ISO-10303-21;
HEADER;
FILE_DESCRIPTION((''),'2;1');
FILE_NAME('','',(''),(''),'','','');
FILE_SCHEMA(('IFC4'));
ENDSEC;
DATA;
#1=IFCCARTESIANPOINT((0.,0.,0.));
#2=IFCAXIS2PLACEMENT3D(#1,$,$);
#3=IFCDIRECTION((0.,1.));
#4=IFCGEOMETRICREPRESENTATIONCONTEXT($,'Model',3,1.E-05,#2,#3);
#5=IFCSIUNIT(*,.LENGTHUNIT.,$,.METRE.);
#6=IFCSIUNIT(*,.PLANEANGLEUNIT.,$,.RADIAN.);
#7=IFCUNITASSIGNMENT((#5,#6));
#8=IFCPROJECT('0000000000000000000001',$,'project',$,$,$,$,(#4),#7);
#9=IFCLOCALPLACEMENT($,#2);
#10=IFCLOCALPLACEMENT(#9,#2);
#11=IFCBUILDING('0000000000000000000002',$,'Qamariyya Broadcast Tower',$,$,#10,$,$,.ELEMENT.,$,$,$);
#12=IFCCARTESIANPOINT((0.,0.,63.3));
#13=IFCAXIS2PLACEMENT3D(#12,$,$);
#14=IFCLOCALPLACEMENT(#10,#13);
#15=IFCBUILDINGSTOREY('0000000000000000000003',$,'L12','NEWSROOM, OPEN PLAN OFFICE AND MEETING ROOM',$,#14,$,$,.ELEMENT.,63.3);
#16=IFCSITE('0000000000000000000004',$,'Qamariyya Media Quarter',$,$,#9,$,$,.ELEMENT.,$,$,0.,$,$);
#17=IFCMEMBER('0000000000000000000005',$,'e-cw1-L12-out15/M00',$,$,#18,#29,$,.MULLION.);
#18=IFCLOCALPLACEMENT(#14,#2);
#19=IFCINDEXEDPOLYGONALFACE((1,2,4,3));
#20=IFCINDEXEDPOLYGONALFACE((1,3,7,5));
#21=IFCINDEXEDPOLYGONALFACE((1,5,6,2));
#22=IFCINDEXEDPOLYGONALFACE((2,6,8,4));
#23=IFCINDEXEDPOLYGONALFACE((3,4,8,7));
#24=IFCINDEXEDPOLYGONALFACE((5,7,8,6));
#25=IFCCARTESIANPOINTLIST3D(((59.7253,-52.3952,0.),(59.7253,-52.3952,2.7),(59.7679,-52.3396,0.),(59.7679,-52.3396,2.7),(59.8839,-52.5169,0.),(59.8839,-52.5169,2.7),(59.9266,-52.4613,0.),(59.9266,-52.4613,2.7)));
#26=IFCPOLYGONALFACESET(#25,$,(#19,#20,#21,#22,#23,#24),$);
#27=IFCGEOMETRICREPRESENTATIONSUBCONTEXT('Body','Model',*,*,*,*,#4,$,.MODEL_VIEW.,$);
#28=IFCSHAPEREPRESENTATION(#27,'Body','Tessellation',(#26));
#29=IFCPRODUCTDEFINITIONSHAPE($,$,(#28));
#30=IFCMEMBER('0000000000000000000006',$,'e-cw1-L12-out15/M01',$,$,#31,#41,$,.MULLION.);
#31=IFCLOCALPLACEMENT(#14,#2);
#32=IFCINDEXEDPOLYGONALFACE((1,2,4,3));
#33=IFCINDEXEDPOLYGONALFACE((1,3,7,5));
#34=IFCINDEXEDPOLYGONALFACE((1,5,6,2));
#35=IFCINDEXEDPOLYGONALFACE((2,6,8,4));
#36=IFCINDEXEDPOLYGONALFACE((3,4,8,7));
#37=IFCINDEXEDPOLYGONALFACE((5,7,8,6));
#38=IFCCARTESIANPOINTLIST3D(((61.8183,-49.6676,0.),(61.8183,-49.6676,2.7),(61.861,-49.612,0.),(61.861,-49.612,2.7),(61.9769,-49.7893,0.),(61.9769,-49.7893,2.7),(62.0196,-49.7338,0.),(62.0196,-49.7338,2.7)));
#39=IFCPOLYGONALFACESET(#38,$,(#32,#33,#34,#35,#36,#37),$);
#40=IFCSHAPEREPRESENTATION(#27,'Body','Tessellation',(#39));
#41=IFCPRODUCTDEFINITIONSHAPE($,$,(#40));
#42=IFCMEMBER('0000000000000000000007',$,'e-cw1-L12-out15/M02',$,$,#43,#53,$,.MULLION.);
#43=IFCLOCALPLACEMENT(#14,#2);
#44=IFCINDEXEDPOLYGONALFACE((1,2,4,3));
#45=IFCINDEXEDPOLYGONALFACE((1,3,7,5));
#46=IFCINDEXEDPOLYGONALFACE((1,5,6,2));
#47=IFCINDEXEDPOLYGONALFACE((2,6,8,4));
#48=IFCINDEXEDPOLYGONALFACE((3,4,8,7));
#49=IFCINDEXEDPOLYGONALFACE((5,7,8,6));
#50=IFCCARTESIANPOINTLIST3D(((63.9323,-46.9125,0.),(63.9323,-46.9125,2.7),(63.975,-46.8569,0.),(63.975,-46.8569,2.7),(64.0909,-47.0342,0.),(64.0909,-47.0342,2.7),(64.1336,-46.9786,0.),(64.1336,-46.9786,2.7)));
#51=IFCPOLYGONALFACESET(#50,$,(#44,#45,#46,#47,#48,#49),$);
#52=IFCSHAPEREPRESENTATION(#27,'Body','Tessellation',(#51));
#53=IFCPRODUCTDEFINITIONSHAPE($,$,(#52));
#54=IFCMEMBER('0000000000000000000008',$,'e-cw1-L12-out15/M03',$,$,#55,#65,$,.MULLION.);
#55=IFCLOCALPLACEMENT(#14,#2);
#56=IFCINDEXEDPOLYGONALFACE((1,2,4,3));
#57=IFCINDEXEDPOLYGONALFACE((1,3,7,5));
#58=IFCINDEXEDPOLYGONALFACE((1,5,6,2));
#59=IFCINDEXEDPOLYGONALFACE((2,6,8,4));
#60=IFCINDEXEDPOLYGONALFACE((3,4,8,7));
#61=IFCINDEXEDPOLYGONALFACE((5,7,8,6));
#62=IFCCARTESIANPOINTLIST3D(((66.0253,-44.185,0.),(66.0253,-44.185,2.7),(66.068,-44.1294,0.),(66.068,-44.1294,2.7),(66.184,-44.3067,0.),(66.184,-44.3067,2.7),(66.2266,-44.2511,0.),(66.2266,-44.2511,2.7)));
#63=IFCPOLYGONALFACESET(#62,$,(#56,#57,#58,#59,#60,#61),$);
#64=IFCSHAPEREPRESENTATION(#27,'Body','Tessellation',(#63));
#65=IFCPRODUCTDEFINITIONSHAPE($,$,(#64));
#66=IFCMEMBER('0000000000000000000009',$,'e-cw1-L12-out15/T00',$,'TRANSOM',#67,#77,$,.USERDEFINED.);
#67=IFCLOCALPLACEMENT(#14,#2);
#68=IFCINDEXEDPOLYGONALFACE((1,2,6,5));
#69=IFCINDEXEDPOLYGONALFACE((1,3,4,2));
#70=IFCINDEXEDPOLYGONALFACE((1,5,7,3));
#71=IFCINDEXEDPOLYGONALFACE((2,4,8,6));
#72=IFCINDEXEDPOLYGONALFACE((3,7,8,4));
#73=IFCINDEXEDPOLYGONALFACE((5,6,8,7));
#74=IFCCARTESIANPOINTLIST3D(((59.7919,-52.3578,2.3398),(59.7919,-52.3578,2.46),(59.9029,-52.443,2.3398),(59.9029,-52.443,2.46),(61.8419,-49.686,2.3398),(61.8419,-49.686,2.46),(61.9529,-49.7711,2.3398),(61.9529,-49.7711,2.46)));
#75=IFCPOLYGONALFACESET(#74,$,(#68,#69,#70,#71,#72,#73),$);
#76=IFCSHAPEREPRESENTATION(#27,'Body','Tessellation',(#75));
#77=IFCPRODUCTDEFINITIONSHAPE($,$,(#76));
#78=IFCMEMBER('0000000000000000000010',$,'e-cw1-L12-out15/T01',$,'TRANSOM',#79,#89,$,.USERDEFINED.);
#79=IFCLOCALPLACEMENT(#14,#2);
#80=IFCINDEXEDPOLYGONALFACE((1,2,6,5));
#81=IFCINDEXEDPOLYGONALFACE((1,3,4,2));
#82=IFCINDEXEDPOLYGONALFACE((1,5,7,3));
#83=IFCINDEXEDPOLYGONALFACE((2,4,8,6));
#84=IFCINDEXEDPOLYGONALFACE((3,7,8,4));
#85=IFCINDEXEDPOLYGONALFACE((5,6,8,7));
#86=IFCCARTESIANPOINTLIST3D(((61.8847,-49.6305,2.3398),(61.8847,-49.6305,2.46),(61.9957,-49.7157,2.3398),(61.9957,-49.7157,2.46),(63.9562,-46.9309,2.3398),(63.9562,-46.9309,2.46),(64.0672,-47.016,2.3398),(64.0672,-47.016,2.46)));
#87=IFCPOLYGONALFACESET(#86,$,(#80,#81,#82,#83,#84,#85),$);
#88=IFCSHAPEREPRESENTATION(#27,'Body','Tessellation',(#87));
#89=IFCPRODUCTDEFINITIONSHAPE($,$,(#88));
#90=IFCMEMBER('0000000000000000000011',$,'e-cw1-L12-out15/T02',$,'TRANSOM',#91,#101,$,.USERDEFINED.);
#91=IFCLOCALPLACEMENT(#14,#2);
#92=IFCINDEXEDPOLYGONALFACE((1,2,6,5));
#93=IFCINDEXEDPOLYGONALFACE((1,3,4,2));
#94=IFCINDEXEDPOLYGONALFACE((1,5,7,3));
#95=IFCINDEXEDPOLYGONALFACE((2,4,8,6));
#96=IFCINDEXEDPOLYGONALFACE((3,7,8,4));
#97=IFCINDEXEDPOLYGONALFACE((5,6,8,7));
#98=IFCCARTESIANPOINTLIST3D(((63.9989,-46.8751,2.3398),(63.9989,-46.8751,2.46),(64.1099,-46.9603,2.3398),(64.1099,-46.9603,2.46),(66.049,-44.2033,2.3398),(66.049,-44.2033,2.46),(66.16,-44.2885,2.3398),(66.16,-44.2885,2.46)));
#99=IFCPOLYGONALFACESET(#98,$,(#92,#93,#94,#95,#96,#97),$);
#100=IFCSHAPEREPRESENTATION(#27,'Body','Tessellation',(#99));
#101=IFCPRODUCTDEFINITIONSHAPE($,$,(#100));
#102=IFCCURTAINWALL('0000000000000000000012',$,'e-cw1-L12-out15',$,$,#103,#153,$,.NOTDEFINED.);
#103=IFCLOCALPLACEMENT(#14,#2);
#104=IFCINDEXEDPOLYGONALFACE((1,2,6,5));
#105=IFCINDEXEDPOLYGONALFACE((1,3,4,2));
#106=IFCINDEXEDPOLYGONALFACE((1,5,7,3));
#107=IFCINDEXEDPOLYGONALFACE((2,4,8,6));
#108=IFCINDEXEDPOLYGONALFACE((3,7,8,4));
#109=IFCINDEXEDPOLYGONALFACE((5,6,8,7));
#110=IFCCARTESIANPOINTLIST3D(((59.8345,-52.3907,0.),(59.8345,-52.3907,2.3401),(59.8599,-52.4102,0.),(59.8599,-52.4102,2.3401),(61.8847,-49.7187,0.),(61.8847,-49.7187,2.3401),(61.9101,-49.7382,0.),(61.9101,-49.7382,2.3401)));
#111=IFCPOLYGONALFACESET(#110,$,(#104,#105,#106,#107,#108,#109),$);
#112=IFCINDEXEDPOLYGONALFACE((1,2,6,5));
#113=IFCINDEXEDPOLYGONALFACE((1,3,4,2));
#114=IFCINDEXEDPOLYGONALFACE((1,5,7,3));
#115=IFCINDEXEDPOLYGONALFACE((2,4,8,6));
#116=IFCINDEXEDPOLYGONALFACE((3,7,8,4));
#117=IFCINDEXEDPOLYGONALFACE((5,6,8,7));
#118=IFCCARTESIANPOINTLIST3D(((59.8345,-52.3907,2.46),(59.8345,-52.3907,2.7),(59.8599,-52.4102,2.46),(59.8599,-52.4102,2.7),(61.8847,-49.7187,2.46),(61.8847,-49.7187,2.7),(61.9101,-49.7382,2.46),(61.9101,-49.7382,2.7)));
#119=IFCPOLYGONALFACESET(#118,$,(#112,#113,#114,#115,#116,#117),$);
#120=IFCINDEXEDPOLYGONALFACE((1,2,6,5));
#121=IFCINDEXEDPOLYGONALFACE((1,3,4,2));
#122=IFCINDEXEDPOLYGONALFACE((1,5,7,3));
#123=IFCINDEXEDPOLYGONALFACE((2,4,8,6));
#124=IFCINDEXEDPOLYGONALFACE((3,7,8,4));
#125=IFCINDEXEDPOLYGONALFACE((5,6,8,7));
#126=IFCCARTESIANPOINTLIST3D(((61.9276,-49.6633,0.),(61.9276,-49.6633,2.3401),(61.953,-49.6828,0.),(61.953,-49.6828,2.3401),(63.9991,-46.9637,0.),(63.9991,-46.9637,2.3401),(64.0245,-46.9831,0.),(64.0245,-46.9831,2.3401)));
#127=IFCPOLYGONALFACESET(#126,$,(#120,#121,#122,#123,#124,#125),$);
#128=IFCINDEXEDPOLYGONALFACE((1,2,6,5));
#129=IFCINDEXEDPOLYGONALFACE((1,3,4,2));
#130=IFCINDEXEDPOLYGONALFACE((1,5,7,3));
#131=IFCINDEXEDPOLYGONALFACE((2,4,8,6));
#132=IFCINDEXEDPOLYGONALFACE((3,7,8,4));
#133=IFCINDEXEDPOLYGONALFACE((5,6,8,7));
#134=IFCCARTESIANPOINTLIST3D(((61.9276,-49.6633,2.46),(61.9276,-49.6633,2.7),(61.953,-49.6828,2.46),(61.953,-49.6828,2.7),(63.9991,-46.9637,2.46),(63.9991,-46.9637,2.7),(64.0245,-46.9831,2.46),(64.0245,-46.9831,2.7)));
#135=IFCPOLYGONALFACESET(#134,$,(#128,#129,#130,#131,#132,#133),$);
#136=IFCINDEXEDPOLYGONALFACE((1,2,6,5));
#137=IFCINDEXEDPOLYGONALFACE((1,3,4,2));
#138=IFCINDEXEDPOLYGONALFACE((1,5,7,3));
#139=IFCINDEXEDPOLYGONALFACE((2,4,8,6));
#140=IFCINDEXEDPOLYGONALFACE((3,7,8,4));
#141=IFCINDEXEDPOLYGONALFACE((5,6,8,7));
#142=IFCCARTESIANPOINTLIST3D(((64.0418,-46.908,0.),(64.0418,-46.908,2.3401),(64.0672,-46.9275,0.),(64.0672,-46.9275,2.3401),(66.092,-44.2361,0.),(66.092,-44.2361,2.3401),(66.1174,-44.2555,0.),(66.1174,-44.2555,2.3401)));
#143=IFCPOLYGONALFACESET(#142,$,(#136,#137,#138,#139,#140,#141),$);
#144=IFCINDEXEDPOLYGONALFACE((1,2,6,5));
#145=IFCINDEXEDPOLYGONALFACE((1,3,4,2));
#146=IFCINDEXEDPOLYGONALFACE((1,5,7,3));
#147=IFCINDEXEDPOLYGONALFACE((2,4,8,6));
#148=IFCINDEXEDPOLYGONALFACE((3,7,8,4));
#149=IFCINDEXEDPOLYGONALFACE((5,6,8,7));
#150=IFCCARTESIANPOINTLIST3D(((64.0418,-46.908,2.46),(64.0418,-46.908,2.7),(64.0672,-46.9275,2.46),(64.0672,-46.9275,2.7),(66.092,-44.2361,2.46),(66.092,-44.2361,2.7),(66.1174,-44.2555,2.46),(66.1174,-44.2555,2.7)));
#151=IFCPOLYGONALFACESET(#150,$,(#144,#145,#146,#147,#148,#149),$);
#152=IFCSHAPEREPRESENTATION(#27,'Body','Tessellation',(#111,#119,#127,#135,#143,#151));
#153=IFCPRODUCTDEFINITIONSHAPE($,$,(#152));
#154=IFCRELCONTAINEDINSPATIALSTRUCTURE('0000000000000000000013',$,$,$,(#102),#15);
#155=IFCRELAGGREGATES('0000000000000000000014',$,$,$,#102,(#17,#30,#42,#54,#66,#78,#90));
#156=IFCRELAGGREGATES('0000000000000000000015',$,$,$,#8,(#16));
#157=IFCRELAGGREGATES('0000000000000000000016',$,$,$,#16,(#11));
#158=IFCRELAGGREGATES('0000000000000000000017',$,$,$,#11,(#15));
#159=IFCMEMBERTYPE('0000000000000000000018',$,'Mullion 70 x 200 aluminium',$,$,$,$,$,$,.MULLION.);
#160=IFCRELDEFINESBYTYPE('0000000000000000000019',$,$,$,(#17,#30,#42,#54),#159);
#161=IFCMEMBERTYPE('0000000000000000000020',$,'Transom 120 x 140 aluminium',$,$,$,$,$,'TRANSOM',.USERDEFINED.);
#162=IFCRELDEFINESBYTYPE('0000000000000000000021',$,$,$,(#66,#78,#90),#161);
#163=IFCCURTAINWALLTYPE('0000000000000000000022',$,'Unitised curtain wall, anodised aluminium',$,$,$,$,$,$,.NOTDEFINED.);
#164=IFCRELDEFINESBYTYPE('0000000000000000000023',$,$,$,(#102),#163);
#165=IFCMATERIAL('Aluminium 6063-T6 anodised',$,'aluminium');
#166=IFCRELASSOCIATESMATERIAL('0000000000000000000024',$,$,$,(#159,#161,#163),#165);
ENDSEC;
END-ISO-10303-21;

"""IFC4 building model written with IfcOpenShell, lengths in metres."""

from ifc_helpers import new_model, si_unit, direction, frame, origin, origin_2d, place, context, subcontext, project, spatial, rectangle, extrude, material, material_profile, profile_set, type_object, element, aggregate, save


model = new_model("IFC4")

# Units and contexts
model_context = context("Model", 3, precision=1e-05, world=origin(), true_north=direction((0.0, 1.0)))
body_context = subcontext(model_context, "Body", "Model", "MODEL_VIEW")
ifc_project = project(units=[si_unit("LENGTHUNIT", "METRE"), si_unit("PLANEANGLEUNIT", "RADIAN")], contexts=[model_context])

# Members
ifc_material = material(Name="Aluminium 6063-T6 anodised", Category="aluminium")
ifc_material_profile_1 = material_profile(ifc_material, rectangle(XDim=0.2, YDim=0.0701, at=origin_2d()))
ifc_profile_set_1 = profile_set([ifc_material_profile_1], Name="Aluminium 6063-T6 anodised")
member_type_1 = type_object("IfcMemberType", Name="Mullion 70 x 200 aluminium", PredefinedType="MULLION", material=ifc_profile_set_1)
site_placement = place(None, origin())
building_placement = place(site_placement, origin())
storey_placement = place(building_placement, frame((0.0, 0.0, 63.3)))
member_1_placement = place(storey_placement, frame((59.8259, -52.4282, 0.0), z_axis=(0.0, 0.0, 1.0), x_axis=(-0.793353, 0.608761, 0.0)))
member_1 = element("IfcMember", 1, at=member_1_placement, type_object=member_type_1, Name="e-cw1-L12-out15/M00", PredefinedType="MULLION", context=body_context, shape_type="SweptSolid", body=[
    extrude(rectangle(XDim=0.2, YDim=0.0701, at=origin_2d()), origin(), (0.0, 0.0, 1.0), 2.7),
])
member_2_placement = place(storey_placement, frame((61.9189, -49.7007, 0.0), z_axis=(0.0, 0.0, 1.0), x_axis=(-0.793353, 0.608761, 0.0)))
member_2 = element("IfcMember", 2, at=member_2_placement, type_object=member_type_1, Name="e-cw1-L12-out15/M01", PredefinedType="MULLION", context=body_context, shape_type="SweptSolid", body=[
    extrude(rectangle(XDim=0.2, YDim=0.0701, at=origin_2d()), origin(), (0.0, 0.0, 1.0), 2.7),
])
member_3_placement = place(storey_placement, frame((64.033, -46.9456, 0.0), z_axis=(0.0, 0.0, 1.0), x_axis=(-0.793353, 0.608761, 0.0)))
member_3 = element("IfcMember", 3, at=member_3_placement, type_object=member_type_1, Name="e-cw1-L12-out15/M02", PredefinedType="MULLION", context=body_context, shape_type="SweptSolid", body=[
    extrude(rectangle(XDim=0.2, YDim=0.0701, at=origin_2d()), origin(), (0.0, 0.0, 1.0), 2.7),
])
member_4_placement = place(storey_placement, frame((66.126, -44.218, 0.0), z_axis=(0.0, 0.0, 1.0), x_axis=(-0.793353, 0.608761, 0.0)))
member_4 = element("IfcMember", 4, at=member_4_placement, type_object=member_type_1, Name="e-cw1-L12-out15/M03", PredefinedType="MULLION", context=body_context, shape_type="SweptSolid", body=[
    extrude(rectangle(XDim=0.2, YDim=0.0701, at=origin_2d()), origin(), (0.0, 0.0, 1.0), 2.7),
])
ifc_material_profile_2 = material_profile(ifc_material, rectangle(XDim=0.1399, YDim=0.1201, at=origin_2d()))
ifc_profile_set_2 = profile_set([ifc_material_profile_2], Name="Aluminium 6063-T6 anodised")
member_type_2 = type_object("IfcMemberType", Name="Transom 120 x 140 aluminium", ElementType="TRANSOM", PredefinedType="USERDEFINED", material=ifc_profile_set_2)
member_5_placement = place(storey_placement, frame((59.8474, -52.4004, 2.3999), z_axis=(0.608733, 0.793375, 0.0), x_axis=(-0.793375, 0.608733, 0.0)))
member_5 = element("IfcMember", 5, at=member_5_placement, type_object=member_type_2, Name="e-cw1-L12-out15/T00", ObjectType="TRANSOM", PredefinedType="USERDEFINED", context=body_context, shape_type="SweptSolid", body=[
    extrude(rectangle(XDim=0.1399, YDim=0.1201, at=origin_2d()), origin(), (0.0, 0.0, 1.0), 3.3677),
])
member_6_placement = place(storey_placement, frame((61.9402, -49.6731, 2.3999), z_axis=(0.608757, 0.793357, 0.0), x_axis=(-0.793357, 0.608757, 0.0)))
member_6 = element("IfcMember", 6, at=member_6_placement, type_object=member_type_2, Name="e-cw1-L12-out15/T01", ObjectType="TRANSOM", PredefinedType="USERDEFINED", context=body_context, shape_type="SweptSolid", body=[
    extrude(rectangle(XDim=0.1399, YDim=0.1201, at=origin_2d()), origin(), (0.0, 0.0, 1.0), 3.4028),
])
member_7_placement = place(storey_placement, frame((64.0544, -46.9177, 2.3999), z_axis=(0.608733, 0.793375, 0.0), x_axis=(-0.793375, 0.608733, 0.0)))
member_7 = element("IfcMember", 7, at=member_7_placement, type_object=member_type_2, Name="e-cw1-L12-out15/T02", ObjectType="TRANSOM", PredefinedType="USERDEFINED", context=body_context, shape_type="SweptSolid", body=[
    extrude(rectangle(XDim=0.1399, YDim=0.1201, at=origin_2d()), origin(), (0.0, 0.0, 1.0), 3.3677),
])

# Site, building, storey
site = spatial("IfcSite", under=ifc_project, at=site_placement, Name="Qamariyya Media Quarter", CompositionType="ELEMENT", RefElevation=0.0)
building = spatial("IfcBuilding", under=site, at=building_placement, Name="Qamariyya Broadcast Tower", CompositionType="ELEMENT")
storey = spatial("IfcBuildingStorey", under=building, at=storey_placement, Name="L12", Description="NEWSROOM, OPEN PLAN OFFICE AND MEETING ROOM", CompositionType="ELEMENT", Elevation=63.3)

# Curtain wall
curtain_wall_type = type_object("IfcCurtainWallType", Name="Unitised curtain wall, anodised aluminium", PredefinedType="NOTDEFINED", material=ifc_material)
curtain_wall_1_placement = place(storey_placement, origin())
curtain_wall_1 = element("IfcCurtainWall", 8, at=curtain_wall_1_placement, inside=storey, type_object=curtain_wall_type, Name="e-cw1-L12-out15", PredefinedType="NOTDEFINED", context=body_context, shape_type="SweptSolid", body=[
    extrude(rectangle(XDim=3.3679, YDim=0.032, at=origin_2d()), frame((60.8723, -51.0645, 0.0), x_axis=(0.608756, 0.793358, 0.0)), (0.0, 0.0, 1.0), 2.3401),
    extrude(rectangle(XDim=3.3679, YDim=0.032, at=origin_2d()), frame((60.8723, -51.0645, 2.46), x_axis=(0.608756, 0.793358, 0.0)), (0.0, 0.0, 1.0), 0.24),
    extrude(rectangle(XDim=3.4028, YDim=0.032, at=origin_2d()), frame((62.9761, -48.3232, 0.0), x_axis=(0.608756, 0.793358, 0.0)), (0.0, 0.0, 1.0), 2.3401),
    extrude(rectangle(XDim=3.4028, YDim=0.032, at=origin_2d()), frame((62.9761, -48.3232, 2.46), x_axis=(0.608756, 0.793358, 0.0)), (0.0, 0.0, 1.0), 0.24),
    extrude(rectangle(XDim=3.3679, YDim=0.032, at=origin_2d()), frame((65.0796, -45.5818, 0.0), x_axis=(0.608756, 0.793358, 0.0)), (0.0, 0.0, 1.0), 2.3401),
    extrude(rectangle(XDim=3.3679, YDim=0.032, at=origin_2d()), frame((65.0796, -45.5818, 2.46), x_axis=(0.608756, 0.793358, 0.0)), (0.0, 0.0, 1.0), 0.24),
])
aggregate(curtain_wall_1, [member_1, member_2, member_3, member_4, member_5, member_6, member_7])

save(model, "model.ifc")
